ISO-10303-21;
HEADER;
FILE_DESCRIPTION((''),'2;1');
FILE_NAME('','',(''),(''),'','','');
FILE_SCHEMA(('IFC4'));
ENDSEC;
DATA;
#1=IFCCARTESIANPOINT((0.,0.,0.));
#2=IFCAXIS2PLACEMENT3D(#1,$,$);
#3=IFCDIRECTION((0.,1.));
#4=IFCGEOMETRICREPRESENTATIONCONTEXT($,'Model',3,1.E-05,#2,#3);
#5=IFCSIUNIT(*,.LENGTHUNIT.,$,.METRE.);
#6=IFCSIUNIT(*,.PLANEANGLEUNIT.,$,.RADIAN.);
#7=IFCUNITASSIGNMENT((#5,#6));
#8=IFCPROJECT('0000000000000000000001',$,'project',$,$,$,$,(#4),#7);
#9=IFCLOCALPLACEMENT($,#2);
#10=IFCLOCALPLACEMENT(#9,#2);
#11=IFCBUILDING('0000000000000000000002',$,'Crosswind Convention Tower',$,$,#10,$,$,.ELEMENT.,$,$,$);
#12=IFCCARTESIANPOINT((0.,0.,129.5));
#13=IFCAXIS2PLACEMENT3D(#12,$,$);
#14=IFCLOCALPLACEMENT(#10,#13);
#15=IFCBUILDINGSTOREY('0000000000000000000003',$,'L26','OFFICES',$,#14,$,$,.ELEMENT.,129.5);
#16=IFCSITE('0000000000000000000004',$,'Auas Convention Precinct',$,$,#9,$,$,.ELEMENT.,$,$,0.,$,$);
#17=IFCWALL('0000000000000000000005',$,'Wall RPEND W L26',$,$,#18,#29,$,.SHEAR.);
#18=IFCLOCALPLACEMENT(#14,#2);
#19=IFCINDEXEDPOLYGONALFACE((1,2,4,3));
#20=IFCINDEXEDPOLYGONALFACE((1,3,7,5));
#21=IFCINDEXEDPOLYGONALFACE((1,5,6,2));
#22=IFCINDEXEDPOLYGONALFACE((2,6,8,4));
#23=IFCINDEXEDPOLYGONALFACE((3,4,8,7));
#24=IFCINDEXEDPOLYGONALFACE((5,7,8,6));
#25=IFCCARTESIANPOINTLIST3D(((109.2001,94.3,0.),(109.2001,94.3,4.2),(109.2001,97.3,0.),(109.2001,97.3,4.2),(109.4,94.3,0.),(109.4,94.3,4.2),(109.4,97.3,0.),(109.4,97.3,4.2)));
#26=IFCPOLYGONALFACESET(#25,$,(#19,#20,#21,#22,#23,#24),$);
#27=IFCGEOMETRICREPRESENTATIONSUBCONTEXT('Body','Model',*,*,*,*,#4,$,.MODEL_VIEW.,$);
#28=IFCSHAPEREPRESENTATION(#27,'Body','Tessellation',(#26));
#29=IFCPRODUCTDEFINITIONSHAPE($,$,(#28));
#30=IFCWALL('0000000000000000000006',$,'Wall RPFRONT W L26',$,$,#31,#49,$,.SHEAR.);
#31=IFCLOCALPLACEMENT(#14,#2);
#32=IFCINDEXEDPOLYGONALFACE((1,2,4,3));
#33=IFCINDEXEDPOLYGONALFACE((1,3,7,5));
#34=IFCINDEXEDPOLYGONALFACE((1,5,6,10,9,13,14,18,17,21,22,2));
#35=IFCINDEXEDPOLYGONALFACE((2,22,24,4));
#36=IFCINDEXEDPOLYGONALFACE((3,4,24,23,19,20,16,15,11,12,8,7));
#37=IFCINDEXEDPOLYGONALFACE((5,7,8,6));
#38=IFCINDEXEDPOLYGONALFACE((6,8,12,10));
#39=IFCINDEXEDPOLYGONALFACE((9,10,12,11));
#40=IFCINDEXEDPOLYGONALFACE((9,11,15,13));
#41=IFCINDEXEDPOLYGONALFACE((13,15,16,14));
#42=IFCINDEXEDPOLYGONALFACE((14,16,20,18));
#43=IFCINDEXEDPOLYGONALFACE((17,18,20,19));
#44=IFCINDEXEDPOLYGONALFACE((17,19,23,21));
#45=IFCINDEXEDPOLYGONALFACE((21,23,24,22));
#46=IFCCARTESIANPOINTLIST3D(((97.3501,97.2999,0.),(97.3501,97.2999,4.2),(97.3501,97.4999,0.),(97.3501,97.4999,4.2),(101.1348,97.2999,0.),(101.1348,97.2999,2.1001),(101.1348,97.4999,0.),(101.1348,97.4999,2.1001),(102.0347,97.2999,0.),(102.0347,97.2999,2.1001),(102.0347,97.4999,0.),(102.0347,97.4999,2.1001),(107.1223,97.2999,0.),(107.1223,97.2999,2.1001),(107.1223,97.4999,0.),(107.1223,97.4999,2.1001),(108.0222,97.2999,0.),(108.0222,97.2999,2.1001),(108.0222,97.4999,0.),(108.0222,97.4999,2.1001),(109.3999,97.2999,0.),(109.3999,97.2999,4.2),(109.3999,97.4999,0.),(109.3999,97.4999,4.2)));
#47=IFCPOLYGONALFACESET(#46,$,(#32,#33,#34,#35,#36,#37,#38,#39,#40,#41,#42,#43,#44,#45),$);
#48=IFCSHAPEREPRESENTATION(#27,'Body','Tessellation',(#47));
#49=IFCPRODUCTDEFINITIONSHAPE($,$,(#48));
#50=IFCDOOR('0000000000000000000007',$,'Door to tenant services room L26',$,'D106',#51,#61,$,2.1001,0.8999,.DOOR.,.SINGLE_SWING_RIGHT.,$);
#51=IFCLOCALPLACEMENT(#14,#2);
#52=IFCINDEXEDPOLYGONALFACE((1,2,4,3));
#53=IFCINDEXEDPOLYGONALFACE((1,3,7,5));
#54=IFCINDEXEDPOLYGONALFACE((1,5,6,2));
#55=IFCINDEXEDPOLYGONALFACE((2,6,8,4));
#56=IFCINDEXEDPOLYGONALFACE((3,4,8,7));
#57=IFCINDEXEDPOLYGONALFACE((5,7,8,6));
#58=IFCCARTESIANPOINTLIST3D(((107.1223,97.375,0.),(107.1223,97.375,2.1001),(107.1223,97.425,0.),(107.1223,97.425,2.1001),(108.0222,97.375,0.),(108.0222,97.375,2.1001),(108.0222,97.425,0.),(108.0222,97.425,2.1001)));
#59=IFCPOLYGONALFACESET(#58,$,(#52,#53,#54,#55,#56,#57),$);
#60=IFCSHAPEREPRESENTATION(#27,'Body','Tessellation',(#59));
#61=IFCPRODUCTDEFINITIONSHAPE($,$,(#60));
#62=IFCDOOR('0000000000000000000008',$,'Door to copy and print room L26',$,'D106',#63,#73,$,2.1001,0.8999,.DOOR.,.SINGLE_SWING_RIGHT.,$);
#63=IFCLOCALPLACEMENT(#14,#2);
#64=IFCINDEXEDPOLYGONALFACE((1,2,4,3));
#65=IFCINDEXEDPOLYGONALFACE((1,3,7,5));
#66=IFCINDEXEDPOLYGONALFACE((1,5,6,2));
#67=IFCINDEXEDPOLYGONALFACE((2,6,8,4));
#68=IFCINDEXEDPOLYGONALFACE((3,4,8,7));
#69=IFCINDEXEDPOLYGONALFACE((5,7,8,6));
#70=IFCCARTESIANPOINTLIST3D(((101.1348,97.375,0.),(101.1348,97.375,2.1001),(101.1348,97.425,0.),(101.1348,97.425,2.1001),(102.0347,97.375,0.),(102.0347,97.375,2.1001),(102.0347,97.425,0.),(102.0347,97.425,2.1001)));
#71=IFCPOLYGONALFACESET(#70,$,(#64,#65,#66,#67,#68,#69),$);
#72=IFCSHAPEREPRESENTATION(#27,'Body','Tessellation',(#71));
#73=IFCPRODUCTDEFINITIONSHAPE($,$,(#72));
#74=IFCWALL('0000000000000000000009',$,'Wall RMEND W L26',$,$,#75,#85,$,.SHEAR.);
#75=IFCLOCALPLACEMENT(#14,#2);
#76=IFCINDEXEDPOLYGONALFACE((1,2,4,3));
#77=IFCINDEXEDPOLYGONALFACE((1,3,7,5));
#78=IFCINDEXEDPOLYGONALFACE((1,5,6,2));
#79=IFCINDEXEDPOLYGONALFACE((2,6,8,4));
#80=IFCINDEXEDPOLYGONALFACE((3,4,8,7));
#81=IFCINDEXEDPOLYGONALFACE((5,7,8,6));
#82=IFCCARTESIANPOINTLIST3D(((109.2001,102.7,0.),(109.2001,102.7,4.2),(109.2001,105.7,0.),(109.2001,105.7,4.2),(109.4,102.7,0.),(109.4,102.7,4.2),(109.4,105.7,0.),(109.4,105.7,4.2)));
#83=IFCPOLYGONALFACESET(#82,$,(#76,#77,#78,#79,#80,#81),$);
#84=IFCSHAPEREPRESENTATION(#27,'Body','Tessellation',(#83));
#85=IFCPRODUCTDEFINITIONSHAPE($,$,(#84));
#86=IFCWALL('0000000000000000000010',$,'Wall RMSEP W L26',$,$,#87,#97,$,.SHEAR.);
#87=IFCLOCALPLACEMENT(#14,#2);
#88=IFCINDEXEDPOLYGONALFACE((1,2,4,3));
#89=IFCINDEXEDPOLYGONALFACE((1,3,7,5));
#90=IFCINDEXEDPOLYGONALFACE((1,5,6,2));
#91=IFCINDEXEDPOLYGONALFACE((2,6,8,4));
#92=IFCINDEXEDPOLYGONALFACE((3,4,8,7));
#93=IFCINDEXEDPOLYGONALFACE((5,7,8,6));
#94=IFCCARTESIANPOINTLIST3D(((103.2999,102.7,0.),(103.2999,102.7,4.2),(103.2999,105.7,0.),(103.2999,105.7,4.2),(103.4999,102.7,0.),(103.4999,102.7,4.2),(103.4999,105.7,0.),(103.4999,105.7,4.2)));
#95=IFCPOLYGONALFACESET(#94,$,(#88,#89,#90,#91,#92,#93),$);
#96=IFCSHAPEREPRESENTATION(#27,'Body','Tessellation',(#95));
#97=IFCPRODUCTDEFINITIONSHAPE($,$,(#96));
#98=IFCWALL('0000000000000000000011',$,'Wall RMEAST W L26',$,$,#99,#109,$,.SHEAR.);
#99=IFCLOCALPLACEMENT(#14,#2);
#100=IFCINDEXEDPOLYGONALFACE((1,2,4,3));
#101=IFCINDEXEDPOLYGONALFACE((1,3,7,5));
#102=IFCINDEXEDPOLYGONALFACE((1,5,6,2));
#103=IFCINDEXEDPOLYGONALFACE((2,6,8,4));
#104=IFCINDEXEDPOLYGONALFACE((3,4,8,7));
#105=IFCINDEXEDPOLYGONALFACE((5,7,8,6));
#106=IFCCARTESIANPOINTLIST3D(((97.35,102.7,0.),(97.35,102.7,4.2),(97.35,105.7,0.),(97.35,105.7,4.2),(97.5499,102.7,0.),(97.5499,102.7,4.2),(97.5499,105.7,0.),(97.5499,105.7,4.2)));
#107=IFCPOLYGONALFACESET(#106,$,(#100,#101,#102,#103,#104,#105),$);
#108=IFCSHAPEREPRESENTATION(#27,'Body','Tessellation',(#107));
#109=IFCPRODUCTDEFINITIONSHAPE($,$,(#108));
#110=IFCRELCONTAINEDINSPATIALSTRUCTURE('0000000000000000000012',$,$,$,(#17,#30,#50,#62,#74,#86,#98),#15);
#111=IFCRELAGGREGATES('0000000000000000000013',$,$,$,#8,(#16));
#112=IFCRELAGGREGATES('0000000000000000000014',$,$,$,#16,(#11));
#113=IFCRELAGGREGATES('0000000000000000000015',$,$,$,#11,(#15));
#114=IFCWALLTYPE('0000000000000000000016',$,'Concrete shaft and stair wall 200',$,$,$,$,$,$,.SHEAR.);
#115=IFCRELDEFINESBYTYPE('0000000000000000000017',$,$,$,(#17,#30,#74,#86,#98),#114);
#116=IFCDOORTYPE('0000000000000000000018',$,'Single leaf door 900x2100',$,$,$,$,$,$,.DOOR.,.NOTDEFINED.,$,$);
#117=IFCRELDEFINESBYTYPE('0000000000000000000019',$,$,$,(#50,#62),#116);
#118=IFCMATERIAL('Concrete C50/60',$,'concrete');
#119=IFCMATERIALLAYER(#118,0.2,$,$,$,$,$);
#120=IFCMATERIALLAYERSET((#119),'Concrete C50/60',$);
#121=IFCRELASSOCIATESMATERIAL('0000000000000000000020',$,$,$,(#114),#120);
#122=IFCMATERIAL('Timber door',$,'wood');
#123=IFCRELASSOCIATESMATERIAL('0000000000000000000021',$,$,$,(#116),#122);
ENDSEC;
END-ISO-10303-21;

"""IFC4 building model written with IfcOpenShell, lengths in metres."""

from ifc_helpers import new_model, si_unit, direction, frame, frame_2d, origin, place, context, subcontext, project, spatial, rectangle, extrude, material, layer, layer_set, type_object, element, fill, save


model = new_model("IFC4")

# Units and contexts
model_context = context("Model", 3, precision=1e-05, world=origin(), true_north=direction((0.0, 1.0)))
body_context = subcontext(model_context, "Body", "Model", "MODEL_VIEW")
ifc_project = project(units=[si_unit("LENGTHUNIT", "METRE"), si_unit("PLANEANGLEUNIT", "RADIAN")], contexts=[model_context])

# Site, building, storey
site_placement = place(None, origin())
site = spatial("IfcSite", under=ifc_project, at=site_placement, Name="Auas Convention Precinct", CompositionType="ELEMENT", RefElevation=0.0)
building_placement = place(site_placement, origin())
building = spatial("IfcBuilding", under=site, at=building_placement, Name="Crosswind Convention Tower", CompositionType="ELEMENT")
storey_placement = place(building_placement, frame((0.0, 0.0, 129.5)))
storey = spatial("IfcBuildingStorey", under=building, at=storey_placement, Name="L26", Description="OFFICES", CompositionType="ELEMENT", Elevation=129.5)

# Wall
ifc_material_1 = material(Name="Concrete C50/60", Category="concrete")
ifc_layer = layer(ifc_material_1, 0.2)
ifc_layer_set = layer_set([ifc_layer], Name="Concrete C50/60")
wall_type = type_object("IfcWallType", Name="Concrete shaft and stair wall 200", PredefinedType="SHEAR", material=ifc_layer_set)
wall_1_placement = place(storey_placement, frame((109.3, 97.3, 0.0), z_axis=(0.0, 0.0, 1.0), x_axis=(0.0, -1.0, 0.0)))
element("IfcWall", 1, at=wall_1_placement, inside=storey, type_object=wall_type, Name="Wall RPEND W L26", PredefinedType="SHEAR", context=body_context, shape_type="SweptSolid", body=[
    extrude(rectangle(XDim=3.0, YDim=0.2, at=frame_2d((1.5, 0.0))), origin(), (0.0, 0.0, 1.0), 4.2),
])

# Wall, openings, doors
wall_2_placement = place(storey_placement, frame((109.3999, 97.3999, 0.0), z_axis=(0.0, 0.0, 1.0), x_axis=(-1.0, 0.0, 0.0)))
wall_2 = element("IfcWall", 2, at=wall_2_placement, inside=storey, type_object=wall_type, Name="Wall RPFRONT W L26", PredefinedType="SHEAR", context=body_context, shape_type="SweptSolid", body=[
    extrude(rectangle(XDim=12.0498, YDim=0.2, at=frame_2d((6.0249, 0.0))), origin(), (0.0, 0.0, 1.0), 4.2),
])
opening_1_placement = place(wall_2_placement, frame((1.3777, 0.0, 0.0)))
opening_1 = element("IfcOpeningElement", 3, at=opening_1_placement, cuts=wall_2, PredefinedType="OPENING", context=body_context, shape_type="SweptSolid", body=[
    extrude(rectangle(XDim=0.8999, YDim=2.1001, at=frame_2d((0.45, 1.05))), frame((0.0, 0.1099, 0.0), z_axis=(0.0, -1.0, 0.0), x_axis=(1.0, 0.0, 0.0)), (0.0, 0.0, 1.0), 0.22),
])
opening_2_placement = place(wall_2_placement, frame((7.3652, 0.0, 0.0)))
opening_2 = element("IfcOpeningElement", 4, at=opening_2_placement, cuts=wall_2, PredefinedType="OPENING", context=body_context, shape_type="SweptSolid", body=[
    extrude(rectangle(XDim=0.8999, YDim=2.1001, at=frame_2d((0.45, 1.05))), frame((0.0, 0.1099, 0.0), z_axis=(0.0, -1.0, 0.0), x_axis=(1.0, 0.0, 0.0)), (0.0, 0.0, 1.0), 0.22),
])
ifc_material_2 = material(Name="Timber door", Category="wood")
door_type_1 = type_object("IfcDoorType", Name="Single leaf door 900x2100", OperationType="NOTDEFINED", PredefinedType="DOOR", material=ifc_material_2)
door_1_placement = place(opening_1_placement, origin())
door_1 = element("IfcDoor", 5, at=door_1_placement, inside=storey, type_object=door_type_1, Name="Door to tenant services room L26", ObjectType="D106", OperationType="SINGLE_SWING_RIGHT", OverallHeight=2.1001, OverallWidth=0.8999, PredefinedType="DOOR", context=body_context, shape_type="SweptSolid", body=[
    extrude(rectangle(XDim=0.8999, YDim=2.1001, at=frame_2d((0.45, 1.05))), frame((0.0, 0.0249, 0.0), z_axis=(0.0, -1.0, 0.0), x_axis=(1.0, 0.0, 0.0)), (0.0, 0.0, 1.0), 0.05),
])
fill(opening_1, door_1)
door_2_placement = place(opening_2_placement, origin())
door_2 = element("IfcDoor", 6, at=door_2_placement, inside=storey, type_object=door_type_1, Name="Door to copy and print room L26", ObjectType="D106", OperationType="SINGLE_SWING_RIGHT", OverallHeight=2.1001, OverallWidth=0.8999, PredefinedType="DOOR", context=body_context, shape_type="SweptSolid", body=[
    extrude(rectangle(XDim=0.8999, YDim=2.1001, at=frame_2d((0.45, 1.05))), frame((0.0, 0.0249, 0.0), z_axis=(0.0, -1.0, 0.0), x_axis=(1.0, 0.0, 0.0)), (0.0, 0.0, 1.0), 0.05),
])
fill(opening_2, door_2)

# Walls
for number, where, z_axis, x_axis, name in (
    (7, (109.3, 105.7, 0.0), (0.0, 0.0, 1.0), (0.0, -1.0, 0.0), "Wall RMEND W L26"),
    (8, (103.3999, 105.7, 0.0), (0.0, 0.0, 1.0), (0.0, -1.0, 0.0), "Wall RMSEP W L26"),
    (9, (97.45, 105.7, 0.0), (0.0, 0.0, 1.0), (0.0, -1.0, 0.0), "Wall RMEAST W L26"),
):
    element("IfcWall", number, at=place(storey_placement, frame(where, z_axis=z_axis, x_axis=x_axis)), inside=storey, type_object=wall_type, Name=name, PredefinedType="SHEAR", context=body_context, shape_type="SweptSolid", body=[
        extrude(rectangle(XDim=3.0, YDim=0.2, at=frame_2d((1.5, 0.0))), origin(), (0.0, 0.0, 1.0), 4.2),
    ])

save(model, "model.ifc")
